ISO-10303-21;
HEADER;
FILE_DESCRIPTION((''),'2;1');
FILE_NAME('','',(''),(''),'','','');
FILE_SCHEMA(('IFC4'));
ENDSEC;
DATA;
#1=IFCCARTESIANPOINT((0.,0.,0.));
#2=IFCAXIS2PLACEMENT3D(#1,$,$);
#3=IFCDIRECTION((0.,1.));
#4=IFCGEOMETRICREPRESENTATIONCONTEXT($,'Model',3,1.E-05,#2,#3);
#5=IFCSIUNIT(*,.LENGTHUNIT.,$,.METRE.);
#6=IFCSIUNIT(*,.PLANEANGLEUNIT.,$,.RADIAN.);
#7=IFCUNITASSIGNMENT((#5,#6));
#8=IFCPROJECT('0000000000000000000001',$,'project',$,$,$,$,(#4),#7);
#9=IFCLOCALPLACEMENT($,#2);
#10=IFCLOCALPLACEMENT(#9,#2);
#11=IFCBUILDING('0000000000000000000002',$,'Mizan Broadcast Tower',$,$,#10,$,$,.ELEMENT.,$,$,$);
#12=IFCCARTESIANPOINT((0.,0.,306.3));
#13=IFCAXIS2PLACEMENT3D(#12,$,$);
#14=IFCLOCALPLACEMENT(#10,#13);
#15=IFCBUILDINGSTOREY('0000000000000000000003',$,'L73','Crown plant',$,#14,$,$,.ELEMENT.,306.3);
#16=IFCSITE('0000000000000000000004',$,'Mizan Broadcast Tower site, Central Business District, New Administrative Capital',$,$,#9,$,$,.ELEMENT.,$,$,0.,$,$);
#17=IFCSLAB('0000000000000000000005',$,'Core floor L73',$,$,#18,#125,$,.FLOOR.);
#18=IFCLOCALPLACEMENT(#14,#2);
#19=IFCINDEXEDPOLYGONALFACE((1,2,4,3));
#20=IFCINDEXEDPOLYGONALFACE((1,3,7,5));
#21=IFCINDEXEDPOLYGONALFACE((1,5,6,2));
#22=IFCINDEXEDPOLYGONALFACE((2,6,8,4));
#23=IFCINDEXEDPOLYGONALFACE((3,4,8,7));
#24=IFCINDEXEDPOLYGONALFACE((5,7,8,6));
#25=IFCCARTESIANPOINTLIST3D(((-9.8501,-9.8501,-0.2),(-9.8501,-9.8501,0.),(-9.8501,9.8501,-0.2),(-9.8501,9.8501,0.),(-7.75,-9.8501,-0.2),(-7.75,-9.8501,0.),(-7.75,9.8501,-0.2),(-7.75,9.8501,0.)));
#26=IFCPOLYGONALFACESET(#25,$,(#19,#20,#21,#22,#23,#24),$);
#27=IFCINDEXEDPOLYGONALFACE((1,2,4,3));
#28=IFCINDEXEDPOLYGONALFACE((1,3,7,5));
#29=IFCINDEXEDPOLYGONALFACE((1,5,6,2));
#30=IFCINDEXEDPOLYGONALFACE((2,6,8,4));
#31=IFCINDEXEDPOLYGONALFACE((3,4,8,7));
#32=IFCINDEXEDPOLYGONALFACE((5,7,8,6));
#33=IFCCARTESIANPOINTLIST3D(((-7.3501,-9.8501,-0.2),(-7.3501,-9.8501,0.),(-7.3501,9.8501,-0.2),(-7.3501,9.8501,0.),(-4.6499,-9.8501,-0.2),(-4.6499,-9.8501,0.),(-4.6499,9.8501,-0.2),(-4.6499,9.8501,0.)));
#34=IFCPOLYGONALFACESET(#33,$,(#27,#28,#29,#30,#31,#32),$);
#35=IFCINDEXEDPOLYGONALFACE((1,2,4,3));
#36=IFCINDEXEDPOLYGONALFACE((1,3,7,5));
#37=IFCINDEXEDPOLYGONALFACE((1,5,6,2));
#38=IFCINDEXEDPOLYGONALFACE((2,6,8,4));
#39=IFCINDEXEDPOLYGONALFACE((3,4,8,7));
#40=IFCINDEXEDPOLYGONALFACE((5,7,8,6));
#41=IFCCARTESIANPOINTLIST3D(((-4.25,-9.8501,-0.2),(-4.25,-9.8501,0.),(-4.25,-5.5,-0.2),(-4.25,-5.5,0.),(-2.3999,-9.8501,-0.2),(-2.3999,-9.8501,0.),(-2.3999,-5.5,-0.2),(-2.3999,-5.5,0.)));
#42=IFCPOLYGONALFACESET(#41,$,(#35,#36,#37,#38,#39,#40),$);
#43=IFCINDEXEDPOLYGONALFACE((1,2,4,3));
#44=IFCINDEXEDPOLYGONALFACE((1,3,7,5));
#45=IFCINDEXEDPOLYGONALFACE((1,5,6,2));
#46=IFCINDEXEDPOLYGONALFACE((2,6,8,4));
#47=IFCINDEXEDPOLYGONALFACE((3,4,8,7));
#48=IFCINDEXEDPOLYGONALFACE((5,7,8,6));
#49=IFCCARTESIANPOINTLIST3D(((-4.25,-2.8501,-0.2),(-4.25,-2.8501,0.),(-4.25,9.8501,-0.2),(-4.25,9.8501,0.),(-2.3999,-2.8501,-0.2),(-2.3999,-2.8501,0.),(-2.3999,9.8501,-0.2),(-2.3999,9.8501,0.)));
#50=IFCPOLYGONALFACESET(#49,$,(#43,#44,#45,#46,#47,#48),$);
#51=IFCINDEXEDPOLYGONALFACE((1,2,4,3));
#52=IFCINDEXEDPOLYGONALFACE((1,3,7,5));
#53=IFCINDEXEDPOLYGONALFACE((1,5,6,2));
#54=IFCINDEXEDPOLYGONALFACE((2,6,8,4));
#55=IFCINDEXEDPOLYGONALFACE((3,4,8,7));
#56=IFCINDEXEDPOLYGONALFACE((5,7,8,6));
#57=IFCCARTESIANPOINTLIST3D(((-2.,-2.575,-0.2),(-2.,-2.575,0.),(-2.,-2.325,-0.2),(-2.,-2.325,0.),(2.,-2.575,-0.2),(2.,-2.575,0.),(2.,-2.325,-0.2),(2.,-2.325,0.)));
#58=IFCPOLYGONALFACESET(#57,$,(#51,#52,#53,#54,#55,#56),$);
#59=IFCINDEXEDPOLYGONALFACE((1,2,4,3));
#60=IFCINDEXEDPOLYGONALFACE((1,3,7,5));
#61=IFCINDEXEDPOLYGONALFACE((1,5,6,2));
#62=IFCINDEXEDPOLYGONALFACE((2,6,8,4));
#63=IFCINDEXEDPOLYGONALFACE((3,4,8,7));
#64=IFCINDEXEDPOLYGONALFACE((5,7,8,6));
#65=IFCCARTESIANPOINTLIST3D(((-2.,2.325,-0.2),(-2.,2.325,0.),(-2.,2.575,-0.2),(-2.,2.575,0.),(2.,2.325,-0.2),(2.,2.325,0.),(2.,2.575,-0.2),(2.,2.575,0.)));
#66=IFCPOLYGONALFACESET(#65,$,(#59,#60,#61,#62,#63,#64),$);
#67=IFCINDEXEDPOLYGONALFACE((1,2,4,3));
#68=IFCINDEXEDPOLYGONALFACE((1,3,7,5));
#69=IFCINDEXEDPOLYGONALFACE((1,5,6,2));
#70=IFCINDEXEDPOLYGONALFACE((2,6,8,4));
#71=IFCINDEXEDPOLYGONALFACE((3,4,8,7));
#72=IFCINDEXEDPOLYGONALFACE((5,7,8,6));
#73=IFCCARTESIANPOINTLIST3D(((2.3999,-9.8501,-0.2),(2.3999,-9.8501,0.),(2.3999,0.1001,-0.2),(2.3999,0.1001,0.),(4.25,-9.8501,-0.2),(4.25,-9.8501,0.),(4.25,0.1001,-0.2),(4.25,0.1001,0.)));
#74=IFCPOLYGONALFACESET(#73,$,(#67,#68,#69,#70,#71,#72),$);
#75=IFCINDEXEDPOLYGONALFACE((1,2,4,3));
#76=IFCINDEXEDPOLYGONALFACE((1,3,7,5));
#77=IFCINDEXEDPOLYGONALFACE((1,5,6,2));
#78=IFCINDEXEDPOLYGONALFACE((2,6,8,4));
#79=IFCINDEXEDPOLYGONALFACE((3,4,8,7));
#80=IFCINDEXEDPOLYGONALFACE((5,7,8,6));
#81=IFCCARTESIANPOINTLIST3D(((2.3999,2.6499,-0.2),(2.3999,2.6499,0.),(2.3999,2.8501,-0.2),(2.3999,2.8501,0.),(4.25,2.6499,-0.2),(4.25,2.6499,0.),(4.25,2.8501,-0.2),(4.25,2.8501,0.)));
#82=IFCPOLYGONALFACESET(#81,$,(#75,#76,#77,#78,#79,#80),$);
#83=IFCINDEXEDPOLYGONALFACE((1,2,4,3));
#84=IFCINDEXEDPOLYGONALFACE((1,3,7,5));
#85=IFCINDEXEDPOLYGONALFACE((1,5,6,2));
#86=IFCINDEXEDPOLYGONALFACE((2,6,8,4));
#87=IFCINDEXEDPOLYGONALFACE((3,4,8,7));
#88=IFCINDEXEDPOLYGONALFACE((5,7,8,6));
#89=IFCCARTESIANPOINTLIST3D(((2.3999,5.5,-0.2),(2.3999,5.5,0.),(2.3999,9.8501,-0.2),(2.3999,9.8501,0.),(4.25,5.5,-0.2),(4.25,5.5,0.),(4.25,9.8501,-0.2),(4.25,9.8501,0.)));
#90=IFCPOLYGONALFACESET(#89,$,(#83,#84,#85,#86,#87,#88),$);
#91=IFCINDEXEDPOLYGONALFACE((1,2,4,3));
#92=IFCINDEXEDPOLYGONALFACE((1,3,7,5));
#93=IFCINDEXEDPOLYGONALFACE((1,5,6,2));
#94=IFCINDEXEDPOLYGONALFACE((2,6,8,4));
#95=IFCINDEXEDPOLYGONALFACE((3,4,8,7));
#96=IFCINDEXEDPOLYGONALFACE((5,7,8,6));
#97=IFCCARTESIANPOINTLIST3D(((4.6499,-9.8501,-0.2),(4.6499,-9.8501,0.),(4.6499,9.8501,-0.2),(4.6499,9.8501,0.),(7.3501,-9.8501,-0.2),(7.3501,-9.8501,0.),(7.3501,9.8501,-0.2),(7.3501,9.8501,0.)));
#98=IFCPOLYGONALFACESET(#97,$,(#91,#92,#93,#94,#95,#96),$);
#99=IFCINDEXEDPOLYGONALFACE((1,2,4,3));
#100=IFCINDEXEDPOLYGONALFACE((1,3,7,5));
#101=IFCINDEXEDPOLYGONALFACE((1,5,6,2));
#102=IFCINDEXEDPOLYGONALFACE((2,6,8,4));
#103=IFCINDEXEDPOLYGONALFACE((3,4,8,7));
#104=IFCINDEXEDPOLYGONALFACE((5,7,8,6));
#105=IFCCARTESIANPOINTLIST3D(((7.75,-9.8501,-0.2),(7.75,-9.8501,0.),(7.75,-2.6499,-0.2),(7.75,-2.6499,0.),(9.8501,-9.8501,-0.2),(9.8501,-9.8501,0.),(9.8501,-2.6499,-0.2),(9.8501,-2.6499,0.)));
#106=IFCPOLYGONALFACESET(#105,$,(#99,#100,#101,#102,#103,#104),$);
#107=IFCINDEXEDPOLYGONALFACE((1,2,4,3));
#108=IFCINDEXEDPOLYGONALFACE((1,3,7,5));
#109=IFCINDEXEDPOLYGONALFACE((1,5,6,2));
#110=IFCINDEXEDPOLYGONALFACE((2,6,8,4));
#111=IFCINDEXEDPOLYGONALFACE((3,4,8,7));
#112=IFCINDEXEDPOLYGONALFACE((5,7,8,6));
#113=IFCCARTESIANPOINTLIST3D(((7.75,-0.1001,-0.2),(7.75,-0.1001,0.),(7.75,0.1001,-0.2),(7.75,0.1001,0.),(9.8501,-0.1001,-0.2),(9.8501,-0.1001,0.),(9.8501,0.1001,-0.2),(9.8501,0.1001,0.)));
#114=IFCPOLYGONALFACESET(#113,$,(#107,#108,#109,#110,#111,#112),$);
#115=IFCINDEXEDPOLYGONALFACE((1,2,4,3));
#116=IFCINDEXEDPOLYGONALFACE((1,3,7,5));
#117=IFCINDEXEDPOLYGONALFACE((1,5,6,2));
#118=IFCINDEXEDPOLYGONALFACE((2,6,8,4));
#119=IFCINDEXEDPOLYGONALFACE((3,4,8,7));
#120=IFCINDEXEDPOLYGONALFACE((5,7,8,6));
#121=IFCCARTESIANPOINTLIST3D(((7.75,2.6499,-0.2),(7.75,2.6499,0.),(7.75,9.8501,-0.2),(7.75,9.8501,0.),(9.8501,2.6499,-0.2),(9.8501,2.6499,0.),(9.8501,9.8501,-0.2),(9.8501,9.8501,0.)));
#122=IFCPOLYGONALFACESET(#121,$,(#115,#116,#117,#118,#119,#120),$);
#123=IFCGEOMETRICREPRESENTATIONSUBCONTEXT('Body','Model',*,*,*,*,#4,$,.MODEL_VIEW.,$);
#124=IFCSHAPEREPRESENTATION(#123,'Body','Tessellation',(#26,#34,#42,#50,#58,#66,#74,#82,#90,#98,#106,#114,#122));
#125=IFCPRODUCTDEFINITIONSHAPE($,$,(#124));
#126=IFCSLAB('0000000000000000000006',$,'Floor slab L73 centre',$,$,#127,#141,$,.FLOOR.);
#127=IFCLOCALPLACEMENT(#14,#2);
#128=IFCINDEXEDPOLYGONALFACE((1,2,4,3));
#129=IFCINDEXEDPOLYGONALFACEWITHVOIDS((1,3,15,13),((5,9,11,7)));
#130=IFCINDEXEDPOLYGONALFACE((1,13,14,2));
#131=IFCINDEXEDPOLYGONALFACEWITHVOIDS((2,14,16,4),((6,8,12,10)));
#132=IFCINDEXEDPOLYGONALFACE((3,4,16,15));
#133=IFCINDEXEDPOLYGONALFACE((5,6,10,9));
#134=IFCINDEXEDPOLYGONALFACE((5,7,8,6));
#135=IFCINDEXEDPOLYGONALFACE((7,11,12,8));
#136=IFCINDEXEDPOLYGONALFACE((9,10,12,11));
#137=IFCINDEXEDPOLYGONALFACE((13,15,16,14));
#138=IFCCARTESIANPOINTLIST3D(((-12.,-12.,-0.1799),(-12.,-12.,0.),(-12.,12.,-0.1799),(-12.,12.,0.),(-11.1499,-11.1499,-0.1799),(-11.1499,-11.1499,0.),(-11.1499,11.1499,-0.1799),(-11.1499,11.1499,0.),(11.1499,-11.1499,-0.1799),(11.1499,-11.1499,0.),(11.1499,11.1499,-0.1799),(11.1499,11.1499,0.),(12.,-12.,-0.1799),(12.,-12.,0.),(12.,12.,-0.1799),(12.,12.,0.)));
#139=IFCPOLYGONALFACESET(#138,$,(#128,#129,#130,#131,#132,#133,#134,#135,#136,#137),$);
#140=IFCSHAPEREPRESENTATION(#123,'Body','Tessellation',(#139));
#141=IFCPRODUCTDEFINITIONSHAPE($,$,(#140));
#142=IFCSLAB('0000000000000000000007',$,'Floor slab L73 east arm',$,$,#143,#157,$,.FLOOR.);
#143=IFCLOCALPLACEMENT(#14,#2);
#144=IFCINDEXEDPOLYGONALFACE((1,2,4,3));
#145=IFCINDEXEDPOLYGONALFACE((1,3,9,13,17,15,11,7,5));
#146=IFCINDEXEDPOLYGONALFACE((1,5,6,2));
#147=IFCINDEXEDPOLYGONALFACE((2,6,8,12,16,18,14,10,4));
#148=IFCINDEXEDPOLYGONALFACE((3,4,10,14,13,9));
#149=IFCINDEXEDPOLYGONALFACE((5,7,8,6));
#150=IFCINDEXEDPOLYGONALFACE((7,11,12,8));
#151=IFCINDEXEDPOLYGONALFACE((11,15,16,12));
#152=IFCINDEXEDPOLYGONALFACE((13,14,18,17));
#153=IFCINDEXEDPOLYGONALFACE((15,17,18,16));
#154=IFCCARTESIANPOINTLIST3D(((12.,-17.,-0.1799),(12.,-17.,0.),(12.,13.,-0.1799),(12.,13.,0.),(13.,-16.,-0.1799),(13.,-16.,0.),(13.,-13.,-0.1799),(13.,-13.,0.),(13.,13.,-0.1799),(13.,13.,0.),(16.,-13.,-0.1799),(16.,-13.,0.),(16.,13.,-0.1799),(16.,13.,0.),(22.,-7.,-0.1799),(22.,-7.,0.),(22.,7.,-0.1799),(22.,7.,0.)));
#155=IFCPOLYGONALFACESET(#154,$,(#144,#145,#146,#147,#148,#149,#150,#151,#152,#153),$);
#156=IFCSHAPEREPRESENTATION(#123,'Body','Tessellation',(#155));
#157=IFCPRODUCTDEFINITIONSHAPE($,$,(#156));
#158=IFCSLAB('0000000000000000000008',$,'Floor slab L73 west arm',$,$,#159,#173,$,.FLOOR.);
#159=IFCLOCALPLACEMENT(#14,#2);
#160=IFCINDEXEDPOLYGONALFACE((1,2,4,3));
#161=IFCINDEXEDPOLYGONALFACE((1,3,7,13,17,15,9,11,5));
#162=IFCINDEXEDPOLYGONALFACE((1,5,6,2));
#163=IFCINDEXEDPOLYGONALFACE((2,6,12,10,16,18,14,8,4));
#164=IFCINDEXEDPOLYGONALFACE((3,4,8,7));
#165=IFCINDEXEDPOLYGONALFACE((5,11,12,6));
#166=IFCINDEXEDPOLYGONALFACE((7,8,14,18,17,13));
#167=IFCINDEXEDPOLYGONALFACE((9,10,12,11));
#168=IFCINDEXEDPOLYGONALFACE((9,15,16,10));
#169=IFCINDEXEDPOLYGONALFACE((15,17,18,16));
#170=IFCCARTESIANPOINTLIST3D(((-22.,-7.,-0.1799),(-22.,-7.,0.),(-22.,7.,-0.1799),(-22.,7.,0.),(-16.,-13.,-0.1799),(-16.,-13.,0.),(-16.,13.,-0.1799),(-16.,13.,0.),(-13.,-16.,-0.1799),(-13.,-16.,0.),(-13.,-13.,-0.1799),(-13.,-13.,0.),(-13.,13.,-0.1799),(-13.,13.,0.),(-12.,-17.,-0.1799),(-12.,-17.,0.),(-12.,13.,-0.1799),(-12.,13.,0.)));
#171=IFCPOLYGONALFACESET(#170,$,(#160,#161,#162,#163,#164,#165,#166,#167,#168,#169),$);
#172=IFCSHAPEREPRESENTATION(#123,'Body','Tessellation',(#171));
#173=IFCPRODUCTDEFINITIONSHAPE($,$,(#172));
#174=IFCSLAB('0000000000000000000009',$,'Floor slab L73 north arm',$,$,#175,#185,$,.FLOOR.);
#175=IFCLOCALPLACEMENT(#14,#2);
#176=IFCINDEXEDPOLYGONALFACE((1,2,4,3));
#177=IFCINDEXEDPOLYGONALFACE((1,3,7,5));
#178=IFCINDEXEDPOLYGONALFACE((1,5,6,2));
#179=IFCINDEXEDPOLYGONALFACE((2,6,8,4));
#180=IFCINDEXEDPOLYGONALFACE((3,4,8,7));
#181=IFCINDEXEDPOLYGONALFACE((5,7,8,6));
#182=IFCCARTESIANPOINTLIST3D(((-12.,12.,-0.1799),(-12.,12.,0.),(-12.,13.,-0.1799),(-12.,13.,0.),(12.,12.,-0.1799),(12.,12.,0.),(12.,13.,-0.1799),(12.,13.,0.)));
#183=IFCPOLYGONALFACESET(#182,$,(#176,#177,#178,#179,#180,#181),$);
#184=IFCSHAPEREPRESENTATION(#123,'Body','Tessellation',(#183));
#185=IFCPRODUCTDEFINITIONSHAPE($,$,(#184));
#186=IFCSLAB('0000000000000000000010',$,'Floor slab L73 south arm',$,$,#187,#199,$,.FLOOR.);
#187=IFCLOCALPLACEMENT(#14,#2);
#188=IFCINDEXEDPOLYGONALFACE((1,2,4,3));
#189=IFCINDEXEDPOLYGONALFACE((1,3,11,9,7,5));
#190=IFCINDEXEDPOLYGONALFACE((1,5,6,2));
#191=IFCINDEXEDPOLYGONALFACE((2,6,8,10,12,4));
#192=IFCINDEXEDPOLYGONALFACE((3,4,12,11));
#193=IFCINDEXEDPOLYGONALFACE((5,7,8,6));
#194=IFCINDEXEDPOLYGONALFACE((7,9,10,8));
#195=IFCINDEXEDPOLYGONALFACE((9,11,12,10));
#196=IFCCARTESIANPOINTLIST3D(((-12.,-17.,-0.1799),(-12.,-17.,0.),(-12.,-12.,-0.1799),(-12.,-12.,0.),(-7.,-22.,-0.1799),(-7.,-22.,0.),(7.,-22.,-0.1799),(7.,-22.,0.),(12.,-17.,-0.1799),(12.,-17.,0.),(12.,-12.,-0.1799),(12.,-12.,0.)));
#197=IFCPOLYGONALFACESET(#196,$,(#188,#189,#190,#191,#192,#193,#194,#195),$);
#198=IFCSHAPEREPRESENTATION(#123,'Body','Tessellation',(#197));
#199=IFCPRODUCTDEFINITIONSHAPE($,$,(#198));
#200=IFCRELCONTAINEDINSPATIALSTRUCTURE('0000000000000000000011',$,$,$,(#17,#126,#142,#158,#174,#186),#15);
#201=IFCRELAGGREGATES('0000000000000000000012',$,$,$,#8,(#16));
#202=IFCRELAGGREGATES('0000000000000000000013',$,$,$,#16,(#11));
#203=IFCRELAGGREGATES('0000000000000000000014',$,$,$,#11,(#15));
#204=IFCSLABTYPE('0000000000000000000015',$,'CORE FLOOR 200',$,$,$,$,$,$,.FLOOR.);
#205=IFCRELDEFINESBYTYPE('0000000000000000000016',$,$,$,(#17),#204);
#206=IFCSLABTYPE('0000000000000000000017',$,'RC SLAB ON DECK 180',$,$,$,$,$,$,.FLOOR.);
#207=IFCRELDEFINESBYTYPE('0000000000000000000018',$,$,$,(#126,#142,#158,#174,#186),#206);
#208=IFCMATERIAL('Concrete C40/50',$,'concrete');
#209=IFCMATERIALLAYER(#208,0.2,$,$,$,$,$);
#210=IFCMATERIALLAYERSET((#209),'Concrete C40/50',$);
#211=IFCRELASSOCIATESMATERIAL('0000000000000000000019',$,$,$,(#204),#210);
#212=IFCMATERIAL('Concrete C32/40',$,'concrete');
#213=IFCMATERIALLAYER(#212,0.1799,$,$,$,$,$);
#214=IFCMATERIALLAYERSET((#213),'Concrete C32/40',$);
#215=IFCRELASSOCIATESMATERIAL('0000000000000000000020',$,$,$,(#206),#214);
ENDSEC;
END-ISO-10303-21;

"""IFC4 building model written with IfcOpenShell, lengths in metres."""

from ifc_helpers import new_model, si_unit, direction, frame, origin, place, context, subcontext, project, spatial, polyline, outline, extrude, material, layer, layer_set, type_object, element, save


model = new_model("IFC4")

# Units and contexts
model_context = context("Model", 3, precision=1e-05, world=origin(), true_north=direction((0.0, 1.0)))
body_context = subcontext(model_context, "Body", "Model", "MODEL_VIEW")
ifc_project = project(units=[si_unit("LENGTHUNIT", "METRE"), si_unit("PLANEANGLEUNIT", "RADIAN")], contexts=[model_context])

# Site, building, storey
site_placement = place(None, origin())
site = spatial("IfcSite", under=ifc_project, at=site_placement, Name="Mizan Broadcast Tower site, Central Business District, New Administrative Capital", CompositionType="ELEMENT", RefElevation=0.0)
building_placement = place(site_placement, origin())
building = spatial("IfcBuilding", under=site, at=building_placement, Name="Mizan Broadcast Tower", CompositionType="ELEMENT")
storey_placement = place(building_placement, frame((0.0, 0.0, 306.3)))
storey = spatial("IfcBuildingStorey", under=building, at=storey_placement, Name="L73", Description="Crown plant", CompositionType="ELEMENT", Elevation=306.3)

# Slabs
ifc_material_1 = material(Name="Concrete C40/50", Category="concrete")
ifc_layer_1 = layer(ifc_material_1, 0.2)
ifc_layer_set_1 = layer_set([ifc_layer_1], Name="Concrete C40/50")
slab_type_1 = type_object("IfcSlabType", Name="CORE FLOOR 200", PredefinedType="FLOOR", material=ifc_layer_set_1)
slab_1_placement = place(storey_placement, frame((0.0, 0.0, -0.2)))
element("IfcSlab", 1, at=slab_1_placement, inside=storey, type_object=slab_type_1, Name="Core floor L73", PredefinedType="FLOOR", context=body_context, shape_type="SweptSolid", body=[
    extrude(outline(polyline([(-9.8501, -9.8501), (-7.75, -9.8501), (-7.75, 9.8501), (-9.8501, 9.8501), (-9.8501, -9.8501)])), origin(), (0.0, 0.0, 1.0), 0.2),
    extrude(outline(polyline([(-4.6499, 9.8501), (-7.3501, 9.8501), (-7.3501, -9.8501), (-4.6499, -9.8501), (-4.6499, 9.8501)])), origin(), (0.0, 0.0, 1.0), 0.2),
    extrude(outline(polyline([(-4.25, -5.5), (-4.25, -9.8501), (-2.3999, -9.8501), (-2.3999, -5.5), (-4.25, -5.5)])), origin(), (0.0, 0.0, 1.0), 0.2),
    extrude(outline(polyline([(-4.25, -2.8501), (-2.3999, -2.8501), (-2.3999, 9.8501), (-4.25, 9.8501), (-4.25, -2.8501)])), origin(), (0.0, 0.0, 1.0), 0.2),
    extrude(outline(polyline([(2.0, -2.325), (-2.0, -2.325), (-2.0, -2.575), (2.0, -2.575), (2.0, -2.325)])), origin(), (0.0, 0.0, 1.0), 0.2),
    extrude(outline(polyline([(2.0, 2.575), (-2.0, 2.575), (-2.0, 2.325), (2.0, 2.325), (2.0, 2.575)])), origin(), (0.0, 0.0, 1.0), 0.2),
    extrude(outline(polyline([(4.25, -9.8501), (4.25, 0.1001), (2.3999, 0.1001), (2.3999, -9.8501), (4.25, -9.8501)])), origin(), (0.0, 0.0, 1.0), 0.2),
    extrude(outline(polyline([(4.25, 2.6499), (4.25, 2.8501), (2.3999, 2.8501), (2.3999, 2.6499), (4.25, 2.6499)])), origin(), (0.0, 0.0, 1.0), 0.2),
    extrude(outline(polyline([(4.25, 5.5), (4.25, 9.8501), (2.3999, 9.8501), (2.3999, 5.5), (4.25, 5.5)])), origin(), (0.0, 0.0, 1.0), 0.2),
    extrude(outline(polyline([(4.6499, 9.8501), (4.6499, -9.8501), (7.3501, -9.8501), (7.3501, 9.8501), (4.6499, 9.8501)])), origin(), (0.0, 0.0, 1.0), 0.2),
    extrude(outline(polyline([(9.8501, -9.8501), (9.8501, -2.6499), (7.75, -2.6499), (7.75, -9.8501), (9.8501, -9.8501)])), origin(), (0.0, 0.0, 1.0), 0.2),
    extrude(outline(polyline([(9.8501, -0.1001), (9.8501, 0.1001), (7.75, 0.1001), (7.75, -0.1001), (9.8501, -0.1001)])), origin(), (0.0, 0.0, 1.0), 0.2),
    extrude(outline(polyline([(7.75, 9.8501), (7.75, 2.6499), (9.8501, 2.6499), (9.8501, 9.8501), (7.75, 9.8501)])), origin(), (0.0, 0.0, 1.0), 0.2),
])
ifc_material_2 = material(Name="Concrete C32/40", Category="concrete")
ifc_layer_2 = layer(ifc_material_2, 0.1799)
ifc_layer_set_2 = layer_set([ifc_layer_2], Name="Concrete C32/40")
slab_type_2 = type_object("IfcSlabType", Name="RC SLAB ON DECK 180", PredefinedType="FLOOR", material=ifc_layer_set_2)
slab_2_placement = place(storey_placement, frame((0.0, 0.0, -0.1799)))
element("IfcSlab", 2, at=slab_2_placement, inside=storey, type_object=slab_type_2, Name="Floor slab L73 centre", PredefinedType="FLOOR", context=body_context, shape_type="SweptSolid", body=[
    extrude(outline(polyline([(-12.0, -12.0), (12.0, -12.0), (12.0, 12.0), (-12.0, 12.0), (-12.0, -12.0)]), holes=[polyline([(-11.1499, 11.1499), (11.1499, 11.1499), (11.1499, -11.1499), (-11.1499, -11.1499), (-11.1499, 11.1499)])]), origin(), (0.0, 0.0, 1.0), 0.1799),
])
slab_3_placement = place(storey_placement, frame((0.0, 0.0, -0.1799)))
element("IfcSlab", 3, at=slab_3_placement, inside=storey, type_object=slab_type_2, Name="Floor slab L73 east arm", PredefinedType="FLOOR", context=body_context, shape_type="SweptSolid", body=[
    extrude(outline(polyline([(12.0, -17.0), (13.0, -16.0), (13.0, -13.0), (16.0, -13.0), (22.0, -7.0), (22.0, 7.0), (16.0, 13.0), (13.0, 13.0), (12.0, 13.0), (12.0, -17.0)])), origin(), (0.0, 0.0, 1.0), 0.1799),
])
slab_4_placement = place(storey_placement, frame((0.0, 0.0, -0.1799)))
element("IfcSlab", 4, at=slab_4_placement, inside=storey, type_object=slab_type_2, Name="Floor slab L73 west arm", PredefinedType="FLOOR", context=body_context, shape_type="SweptSolid", body=[
    extrude(outline(polyline([(-13.0, -16.0), (-12.0, -17.0), (-12.0, 13.0), (-13.0, 13.0), (-16.0, 13.0), (-22.0, 7.0), (-22.0, -7.0), (-16.0, -13.0), (-13.0, -13.0), (-13.0, -16.0)])), origin(), (0.0, 0.0, 1.0), 0.1799),
])
slab_5_placement = place(storey_placement, frame((0.0, 0.0, -0.1799)))
element("IfcSlab", 5, at=slab_5_placement, inside=storey, type_object=slab_type_2, Name="Floor slab L73 north arm", PredefinedType="FLOOR", context=body_context, shape_type="SweptSolid", body=[
    extrude(outline(polyline([(12.0, 13.0), (-12.0, 13.0), (-12.0, 12.0), (12.0, 12.0), (12.0, 13.0)])), origin(), (0.0, 0.0, 1.0), 0.1799),
])
slab_6_placement = place(storey_placement, frame((0.0, 0.0, -0.1799)))
element("IfcSlab", 6, at=slab_6_placement, inside=storey, type_object=slab_type_2, Name="Floor slab L73 south arm", PredefinedType="FLOOR", context=body_context, shape_type="SweptSolid", body=[
    extrude(outline(polyline([(7.0, -22.0), (12.0, -17.0), (12.0, -12.0), (-12.0, -12.0), (-12.0, -17.0), (-7.0, -22.0), (7.0, -22.0)])), origin(), (0.0, 0.0, 1.0), 0.1799),
])

save(model, "model.ifc")
